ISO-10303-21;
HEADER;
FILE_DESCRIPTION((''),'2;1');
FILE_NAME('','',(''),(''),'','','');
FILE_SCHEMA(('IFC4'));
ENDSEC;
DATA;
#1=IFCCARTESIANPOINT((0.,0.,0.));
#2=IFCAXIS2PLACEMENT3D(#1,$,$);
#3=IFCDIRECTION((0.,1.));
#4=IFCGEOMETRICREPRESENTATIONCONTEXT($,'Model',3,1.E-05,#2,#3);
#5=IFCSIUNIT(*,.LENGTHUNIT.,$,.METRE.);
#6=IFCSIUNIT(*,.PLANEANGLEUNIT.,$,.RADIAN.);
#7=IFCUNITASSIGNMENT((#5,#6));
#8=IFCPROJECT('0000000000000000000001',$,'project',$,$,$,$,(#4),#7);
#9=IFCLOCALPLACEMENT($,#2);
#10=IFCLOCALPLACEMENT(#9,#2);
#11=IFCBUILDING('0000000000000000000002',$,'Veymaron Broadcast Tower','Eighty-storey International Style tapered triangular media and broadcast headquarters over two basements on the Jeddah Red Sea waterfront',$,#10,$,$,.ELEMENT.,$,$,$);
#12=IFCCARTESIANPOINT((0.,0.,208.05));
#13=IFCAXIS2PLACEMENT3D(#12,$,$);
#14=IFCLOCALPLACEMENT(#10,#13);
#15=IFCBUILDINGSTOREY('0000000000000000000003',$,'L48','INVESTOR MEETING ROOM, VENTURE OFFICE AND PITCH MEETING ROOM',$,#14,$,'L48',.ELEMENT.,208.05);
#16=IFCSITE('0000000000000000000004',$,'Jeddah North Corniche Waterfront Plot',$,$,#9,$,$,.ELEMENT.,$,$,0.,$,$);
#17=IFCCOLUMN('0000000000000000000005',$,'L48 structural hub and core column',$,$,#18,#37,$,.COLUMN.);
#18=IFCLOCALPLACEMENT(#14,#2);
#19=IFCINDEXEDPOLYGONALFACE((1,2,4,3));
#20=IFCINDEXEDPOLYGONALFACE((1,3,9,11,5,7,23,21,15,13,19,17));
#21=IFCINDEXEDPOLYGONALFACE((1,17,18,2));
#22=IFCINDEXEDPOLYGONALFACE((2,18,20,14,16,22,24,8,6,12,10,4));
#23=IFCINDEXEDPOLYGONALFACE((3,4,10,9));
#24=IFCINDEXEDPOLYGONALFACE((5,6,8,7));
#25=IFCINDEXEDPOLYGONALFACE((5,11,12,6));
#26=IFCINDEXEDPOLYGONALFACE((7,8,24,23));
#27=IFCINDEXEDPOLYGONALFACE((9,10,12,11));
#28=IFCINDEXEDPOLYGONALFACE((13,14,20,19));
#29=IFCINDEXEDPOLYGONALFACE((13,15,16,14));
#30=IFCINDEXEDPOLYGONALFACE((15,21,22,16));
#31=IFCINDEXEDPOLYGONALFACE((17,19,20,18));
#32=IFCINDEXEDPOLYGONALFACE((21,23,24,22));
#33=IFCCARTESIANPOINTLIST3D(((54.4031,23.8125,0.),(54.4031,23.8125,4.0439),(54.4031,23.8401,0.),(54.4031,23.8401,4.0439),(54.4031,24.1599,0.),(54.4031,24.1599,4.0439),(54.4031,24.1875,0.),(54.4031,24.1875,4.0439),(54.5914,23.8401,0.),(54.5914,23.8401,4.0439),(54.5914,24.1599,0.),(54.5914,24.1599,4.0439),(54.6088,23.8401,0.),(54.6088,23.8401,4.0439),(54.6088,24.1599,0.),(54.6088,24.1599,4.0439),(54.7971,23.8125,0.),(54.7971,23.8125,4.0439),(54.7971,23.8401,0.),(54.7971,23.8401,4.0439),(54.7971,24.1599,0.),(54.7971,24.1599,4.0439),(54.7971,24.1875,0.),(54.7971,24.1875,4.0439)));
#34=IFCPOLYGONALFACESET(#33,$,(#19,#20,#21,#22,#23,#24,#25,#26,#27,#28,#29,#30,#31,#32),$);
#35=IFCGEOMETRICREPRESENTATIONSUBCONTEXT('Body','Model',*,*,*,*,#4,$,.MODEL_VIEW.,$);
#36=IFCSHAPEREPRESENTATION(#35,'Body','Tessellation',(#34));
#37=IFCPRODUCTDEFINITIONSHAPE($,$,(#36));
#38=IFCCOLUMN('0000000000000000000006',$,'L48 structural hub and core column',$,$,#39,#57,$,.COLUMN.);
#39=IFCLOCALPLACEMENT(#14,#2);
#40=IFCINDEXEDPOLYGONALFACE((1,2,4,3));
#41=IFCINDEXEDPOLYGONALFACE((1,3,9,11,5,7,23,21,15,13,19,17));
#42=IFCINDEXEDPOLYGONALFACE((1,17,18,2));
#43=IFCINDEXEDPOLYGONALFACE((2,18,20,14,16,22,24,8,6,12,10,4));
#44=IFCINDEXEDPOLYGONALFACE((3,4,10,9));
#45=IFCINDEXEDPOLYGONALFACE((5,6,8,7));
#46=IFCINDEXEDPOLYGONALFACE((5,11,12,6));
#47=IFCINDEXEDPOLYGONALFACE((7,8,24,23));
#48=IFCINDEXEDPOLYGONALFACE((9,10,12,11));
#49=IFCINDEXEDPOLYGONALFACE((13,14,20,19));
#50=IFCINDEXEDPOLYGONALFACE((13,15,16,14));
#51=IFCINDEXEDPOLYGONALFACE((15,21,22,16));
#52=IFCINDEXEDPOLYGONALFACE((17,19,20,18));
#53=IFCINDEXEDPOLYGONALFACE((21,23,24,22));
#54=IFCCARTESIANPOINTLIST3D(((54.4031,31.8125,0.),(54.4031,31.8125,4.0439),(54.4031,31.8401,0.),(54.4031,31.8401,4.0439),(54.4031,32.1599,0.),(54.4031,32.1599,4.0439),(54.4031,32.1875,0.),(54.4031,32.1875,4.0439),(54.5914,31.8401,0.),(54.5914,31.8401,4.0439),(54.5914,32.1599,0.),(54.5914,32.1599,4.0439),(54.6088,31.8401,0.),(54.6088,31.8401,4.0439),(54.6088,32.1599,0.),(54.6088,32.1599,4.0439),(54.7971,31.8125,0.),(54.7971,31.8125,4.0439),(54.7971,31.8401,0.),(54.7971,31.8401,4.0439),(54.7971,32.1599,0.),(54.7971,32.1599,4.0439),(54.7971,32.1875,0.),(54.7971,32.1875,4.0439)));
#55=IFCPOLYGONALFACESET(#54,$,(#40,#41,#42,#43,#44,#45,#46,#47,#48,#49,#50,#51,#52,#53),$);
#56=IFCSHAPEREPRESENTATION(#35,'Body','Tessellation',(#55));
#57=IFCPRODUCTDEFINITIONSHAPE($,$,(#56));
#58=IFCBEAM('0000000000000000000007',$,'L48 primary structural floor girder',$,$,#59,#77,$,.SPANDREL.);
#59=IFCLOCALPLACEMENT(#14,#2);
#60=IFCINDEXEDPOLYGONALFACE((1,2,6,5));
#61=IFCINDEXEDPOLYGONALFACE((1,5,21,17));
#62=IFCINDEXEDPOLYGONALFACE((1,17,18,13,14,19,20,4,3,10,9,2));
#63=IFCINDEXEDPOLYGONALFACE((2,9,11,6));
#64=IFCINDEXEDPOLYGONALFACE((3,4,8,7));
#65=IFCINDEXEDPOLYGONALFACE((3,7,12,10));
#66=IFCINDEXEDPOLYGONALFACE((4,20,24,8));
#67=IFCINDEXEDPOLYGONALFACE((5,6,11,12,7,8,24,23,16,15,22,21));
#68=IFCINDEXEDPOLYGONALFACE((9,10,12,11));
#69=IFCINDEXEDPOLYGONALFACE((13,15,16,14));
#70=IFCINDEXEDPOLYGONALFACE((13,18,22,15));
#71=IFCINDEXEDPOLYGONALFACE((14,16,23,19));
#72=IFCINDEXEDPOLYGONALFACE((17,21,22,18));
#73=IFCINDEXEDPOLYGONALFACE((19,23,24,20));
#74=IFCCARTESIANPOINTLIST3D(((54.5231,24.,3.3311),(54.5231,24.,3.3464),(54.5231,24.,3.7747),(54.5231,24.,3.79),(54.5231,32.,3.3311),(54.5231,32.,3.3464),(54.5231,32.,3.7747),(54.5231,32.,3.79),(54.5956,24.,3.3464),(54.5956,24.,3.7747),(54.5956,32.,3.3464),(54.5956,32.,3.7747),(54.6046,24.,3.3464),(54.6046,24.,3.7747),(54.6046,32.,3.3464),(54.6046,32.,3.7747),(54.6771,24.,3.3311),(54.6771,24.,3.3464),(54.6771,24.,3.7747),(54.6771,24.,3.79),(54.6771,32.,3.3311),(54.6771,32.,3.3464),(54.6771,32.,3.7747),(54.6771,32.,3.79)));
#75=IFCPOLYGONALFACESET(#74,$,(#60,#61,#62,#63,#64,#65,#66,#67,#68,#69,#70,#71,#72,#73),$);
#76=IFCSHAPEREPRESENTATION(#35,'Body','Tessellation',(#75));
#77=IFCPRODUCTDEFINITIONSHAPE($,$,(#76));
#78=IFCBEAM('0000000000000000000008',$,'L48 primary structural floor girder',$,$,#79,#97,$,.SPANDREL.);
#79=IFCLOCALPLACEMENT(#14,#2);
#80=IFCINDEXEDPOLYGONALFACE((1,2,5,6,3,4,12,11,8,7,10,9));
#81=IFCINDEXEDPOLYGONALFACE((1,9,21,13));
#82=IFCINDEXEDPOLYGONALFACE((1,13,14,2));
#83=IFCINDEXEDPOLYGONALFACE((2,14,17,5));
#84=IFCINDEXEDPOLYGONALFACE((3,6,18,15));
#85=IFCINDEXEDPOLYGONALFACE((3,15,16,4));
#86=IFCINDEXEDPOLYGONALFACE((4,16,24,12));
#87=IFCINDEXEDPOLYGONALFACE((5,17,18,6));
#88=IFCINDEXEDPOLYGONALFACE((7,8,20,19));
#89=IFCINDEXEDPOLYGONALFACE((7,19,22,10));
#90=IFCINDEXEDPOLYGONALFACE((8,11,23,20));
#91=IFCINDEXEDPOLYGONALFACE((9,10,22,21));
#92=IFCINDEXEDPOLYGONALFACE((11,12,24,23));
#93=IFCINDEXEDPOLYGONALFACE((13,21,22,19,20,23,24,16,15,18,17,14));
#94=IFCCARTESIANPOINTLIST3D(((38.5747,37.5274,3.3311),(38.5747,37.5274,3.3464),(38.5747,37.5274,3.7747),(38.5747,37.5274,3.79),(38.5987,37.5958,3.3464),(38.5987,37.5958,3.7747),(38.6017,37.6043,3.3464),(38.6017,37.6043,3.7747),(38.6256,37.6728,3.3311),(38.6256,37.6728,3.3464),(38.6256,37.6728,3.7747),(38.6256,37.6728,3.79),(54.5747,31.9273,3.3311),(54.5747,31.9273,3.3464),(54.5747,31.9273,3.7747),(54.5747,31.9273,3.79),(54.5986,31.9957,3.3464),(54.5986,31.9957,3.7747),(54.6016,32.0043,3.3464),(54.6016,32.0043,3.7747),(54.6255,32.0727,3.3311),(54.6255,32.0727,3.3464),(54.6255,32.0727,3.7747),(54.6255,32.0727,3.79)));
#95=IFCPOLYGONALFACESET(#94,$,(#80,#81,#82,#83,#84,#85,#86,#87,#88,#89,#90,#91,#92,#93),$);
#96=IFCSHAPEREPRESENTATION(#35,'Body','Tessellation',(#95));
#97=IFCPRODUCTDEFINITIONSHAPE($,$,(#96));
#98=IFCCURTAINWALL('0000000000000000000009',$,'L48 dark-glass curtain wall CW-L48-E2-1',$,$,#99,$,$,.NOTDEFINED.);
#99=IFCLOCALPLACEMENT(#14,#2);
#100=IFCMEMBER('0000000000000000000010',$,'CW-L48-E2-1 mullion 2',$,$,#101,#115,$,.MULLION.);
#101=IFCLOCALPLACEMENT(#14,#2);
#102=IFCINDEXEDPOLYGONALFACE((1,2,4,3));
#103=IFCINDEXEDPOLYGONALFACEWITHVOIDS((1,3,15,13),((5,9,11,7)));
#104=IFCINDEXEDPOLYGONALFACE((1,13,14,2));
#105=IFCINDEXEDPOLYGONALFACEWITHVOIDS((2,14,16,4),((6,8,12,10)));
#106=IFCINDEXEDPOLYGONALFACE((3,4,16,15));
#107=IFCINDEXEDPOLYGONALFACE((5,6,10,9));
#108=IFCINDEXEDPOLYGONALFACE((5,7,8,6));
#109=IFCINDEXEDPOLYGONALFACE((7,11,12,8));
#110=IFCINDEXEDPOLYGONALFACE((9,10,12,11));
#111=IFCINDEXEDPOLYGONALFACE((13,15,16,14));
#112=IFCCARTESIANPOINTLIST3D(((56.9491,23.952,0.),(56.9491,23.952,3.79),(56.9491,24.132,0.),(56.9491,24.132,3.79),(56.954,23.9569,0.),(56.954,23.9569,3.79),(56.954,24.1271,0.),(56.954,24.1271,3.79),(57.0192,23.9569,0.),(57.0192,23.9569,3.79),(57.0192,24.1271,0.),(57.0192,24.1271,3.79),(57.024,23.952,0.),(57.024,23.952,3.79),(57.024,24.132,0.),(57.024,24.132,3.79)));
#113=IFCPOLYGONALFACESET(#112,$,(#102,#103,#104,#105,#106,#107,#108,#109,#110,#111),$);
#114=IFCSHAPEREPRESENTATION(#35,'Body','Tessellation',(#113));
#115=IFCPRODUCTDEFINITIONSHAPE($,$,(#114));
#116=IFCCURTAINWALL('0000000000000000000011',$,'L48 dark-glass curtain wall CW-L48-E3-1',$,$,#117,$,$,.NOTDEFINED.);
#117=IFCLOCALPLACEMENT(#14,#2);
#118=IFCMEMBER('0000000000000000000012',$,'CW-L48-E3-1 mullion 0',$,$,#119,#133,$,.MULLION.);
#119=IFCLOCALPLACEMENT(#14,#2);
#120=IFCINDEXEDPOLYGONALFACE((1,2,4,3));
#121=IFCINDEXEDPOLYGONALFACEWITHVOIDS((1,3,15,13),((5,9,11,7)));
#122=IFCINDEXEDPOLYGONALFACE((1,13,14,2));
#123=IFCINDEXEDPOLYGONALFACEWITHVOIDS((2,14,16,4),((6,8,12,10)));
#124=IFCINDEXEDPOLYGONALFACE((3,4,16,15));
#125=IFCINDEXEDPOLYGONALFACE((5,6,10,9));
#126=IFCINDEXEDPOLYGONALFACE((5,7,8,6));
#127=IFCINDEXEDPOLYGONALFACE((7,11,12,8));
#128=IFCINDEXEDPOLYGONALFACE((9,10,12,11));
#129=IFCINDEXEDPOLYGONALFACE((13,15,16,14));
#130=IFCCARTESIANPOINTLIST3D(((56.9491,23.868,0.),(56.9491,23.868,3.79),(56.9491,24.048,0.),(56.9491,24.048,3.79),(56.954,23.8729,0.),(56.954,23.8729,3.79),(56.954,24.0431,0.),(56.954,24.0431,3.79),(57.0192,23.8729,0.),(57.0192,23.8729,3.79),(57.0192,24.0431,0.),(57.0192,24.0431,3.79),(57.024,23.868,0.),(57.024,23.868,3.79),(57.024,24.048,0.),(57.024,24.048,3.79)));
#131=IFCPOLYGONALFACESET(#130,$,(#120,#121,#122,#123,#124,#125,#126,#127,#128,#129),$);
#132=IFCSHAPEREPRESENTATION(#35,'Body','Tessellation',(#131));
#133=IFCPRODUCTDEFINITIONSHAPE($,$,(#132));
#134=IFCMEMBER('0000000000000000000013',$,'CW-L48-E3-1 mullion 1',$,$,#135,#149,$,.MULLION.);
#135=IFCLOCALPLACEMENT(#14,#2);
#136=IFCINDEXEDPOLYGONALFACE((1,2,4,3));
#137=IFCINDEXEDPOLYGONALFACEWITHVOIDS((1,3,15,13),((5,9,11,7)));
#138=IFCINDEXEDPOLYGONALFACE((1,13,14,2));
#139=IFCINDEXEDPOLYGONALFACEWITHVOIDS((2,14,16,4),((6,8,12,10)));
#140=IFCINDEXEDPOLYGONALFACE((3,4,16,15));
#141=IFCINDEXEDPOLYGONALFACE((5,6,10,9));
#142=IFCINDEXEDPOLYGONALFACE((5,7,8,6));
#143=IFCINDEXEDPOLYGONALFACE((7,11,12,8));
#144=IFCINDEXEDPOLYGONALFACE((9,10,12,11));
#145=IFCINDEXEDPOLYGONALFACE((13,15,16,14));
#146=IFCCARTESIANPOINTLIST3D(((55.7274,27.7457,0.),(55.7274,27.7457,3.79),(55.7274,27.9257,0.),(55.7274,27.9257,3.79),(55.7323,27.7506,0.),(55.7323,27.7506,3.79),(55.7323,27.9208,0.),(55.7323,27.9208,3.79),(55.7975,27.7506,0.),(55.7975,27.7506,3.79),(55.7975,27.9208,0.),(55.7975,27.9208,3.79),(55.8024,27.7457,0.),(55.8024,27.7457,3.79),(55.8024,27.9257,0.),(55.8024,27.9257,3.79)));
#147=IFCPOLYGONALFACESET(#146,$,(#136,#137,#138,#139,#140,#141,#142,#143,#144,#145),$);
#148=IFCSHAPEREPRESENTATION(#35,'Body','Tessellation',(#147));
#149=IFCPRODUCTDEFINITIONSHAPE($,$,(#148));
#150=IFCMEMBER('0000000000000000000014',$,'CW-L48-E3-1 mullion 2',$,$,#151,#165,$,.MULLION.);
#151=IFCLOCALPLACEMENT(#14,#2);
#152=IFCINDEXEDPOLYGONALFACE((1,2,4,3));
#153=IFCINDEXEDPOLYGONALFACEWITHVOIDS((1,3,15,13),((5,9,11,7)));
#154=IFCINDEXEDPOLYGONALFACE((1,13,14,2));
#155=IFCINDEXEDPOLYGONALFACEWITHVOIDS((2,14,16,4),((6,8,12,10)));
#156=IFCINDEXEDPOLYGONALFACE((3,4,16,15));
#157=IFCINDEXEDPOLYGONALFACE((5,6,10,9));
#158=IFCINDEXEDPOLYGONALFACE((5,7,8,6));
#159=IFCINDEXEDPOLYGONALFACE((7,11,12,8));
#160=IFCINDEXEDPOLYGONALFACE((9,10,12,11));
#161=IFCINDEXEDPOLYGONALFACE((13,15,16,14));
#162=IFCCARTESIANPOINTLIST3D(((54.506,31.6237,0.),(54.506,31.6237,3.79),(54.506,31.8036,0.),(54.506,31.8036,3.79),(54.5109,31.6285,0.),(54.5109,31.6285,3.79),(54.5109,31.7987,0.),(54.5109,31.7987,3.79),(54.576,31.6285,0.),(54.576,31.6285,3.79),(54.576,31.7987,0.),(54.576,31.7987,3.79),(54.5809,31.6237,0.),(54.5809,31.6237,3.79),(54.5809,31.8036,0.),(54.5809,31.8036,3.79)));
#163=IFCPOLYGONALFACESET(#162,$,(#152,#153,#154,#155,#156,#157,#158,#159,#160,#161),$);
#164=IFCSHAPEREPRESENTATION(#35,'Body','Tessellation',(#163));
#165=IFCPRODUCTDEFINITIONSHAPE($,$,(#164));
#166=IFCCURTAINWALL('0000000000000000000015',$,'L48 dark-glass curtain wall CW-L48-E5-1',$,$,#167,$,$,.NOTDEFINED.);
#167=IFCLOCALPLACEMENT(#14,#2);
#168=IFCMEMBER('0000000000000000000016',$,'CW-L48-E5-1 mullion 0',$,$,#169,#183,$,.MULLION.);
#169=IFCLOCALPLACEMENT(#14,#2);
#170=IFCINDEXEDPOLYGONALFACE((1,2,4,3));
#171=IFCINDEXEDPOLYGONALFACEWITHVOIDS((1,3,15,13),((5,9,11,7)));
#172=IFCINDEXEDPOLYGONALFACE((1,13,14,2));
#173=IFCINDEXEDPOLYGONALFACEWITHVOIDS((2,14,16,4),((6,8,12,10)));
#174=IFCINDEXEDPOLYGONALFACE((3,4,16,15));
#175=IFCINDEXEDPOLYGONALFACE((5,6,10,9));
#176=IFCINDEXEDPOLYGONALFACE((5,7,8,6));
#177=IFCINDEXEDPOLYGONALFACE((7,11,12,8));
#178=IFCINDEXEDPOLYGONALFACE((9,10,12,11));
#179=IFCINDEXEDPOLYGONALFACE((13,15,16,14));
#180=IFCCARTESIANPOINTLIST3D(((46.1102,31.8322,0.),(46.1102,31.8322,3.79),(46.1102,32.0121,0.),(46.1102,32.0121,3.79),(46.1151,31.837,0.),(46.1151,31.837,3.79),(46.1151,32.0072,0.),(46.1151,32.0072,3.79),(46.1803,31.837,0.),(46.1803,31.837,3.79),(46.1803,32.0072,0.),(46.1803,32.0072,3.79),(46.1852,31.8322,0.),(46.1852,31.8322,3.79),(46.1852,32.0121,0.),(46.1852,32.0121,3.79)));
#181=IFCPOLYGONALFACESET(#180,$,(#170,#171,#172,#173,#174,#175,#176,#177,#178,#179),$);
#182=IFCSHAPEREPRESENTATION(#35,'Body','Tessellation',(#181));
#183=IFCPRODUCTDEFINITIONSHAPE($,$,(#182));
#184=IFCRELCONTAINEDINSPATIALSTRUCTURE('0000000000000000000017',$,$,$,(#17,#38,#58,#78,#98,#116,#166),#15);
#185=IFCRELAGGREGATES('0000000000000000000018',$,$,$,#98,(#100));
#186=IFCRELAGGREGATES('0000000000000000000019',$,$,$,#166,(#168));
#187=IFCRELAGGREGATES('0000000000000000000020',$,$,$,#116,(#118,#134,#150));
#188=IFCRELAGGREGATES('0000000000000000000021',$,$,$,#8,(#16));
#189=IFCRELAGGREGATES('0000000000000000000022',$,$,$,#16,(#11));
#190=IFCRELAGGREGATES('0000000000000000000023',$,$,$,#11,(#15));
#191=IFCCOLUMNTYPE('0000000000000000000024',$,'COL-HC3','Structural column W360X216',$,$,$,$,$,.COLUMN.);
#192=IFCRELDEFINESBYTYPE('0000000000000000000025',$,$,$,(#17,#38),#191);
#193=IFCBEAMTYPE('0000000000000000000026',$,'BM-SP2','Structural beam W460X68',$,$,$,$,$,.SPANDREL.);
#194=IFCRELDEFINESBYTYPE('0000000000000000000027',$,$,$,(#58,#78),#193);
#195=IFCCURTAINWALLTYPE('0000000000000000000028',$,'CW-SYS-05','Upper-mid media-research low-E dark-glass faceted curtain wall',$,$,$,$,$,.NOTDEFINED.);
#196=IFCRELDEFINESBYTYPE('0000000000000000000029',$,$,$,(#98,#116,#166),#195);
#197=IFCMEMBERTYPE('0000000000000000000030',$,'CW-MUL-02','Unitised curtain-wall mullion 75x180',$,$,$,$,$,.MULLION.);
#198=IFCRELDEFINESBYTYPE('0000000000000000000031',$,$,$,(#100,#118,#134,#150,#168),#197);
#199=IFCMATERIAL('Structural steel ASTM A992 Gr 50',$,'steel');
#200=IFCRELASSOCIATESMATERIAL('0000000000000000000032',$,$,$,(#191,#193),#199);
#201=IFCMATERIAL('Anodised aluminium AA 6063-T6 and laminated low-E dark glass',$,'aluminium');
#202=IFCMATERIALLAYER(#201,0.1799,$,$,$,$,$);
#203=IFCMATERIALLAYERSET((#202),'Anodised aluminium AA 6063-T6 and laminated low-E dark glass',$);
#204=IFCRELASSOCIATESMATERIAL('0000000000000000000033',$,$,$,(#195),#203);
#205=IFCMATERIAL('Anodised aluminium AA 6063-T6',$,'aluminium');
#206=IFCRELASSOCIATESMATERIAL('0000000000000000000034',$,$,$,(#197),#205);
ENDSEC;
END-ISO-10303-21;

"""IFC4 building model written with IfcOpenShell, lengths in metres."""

from ifc_helpers import new_model, si_unit, direction, frame, origin, origin_2d, place, context, subcontext, project, spatial, hollow_rectangle, i_section, extrude, material, layer, layer_set, material_profile, profile_set, type_object, element, aggregate, save


model = new_model("IFC4")

# Units and contexts
model_context = context("Model", 3, precision=1e-05, world=origin(), true_north=direction((0.0, 1.0)))
body_context = subcontext(model_context, "Body", "Model", "MODEL_VIEW")
ifc_project = project(units=[si_unit("LENGTHUNIT", "METRE"), si_unit("PLANEANGLEUNIT", "RADIAN")], contexts=[model_context])

# Site, building, storey
site_placement = place(None, origin())
site = spatial("IfcSite", under=ifc_project, at=site_placement, Name="Jeddah North Corniche Waterfront Plot", CompositionType="ELEMENT", RefElevation=0.0)
building_placement = place(site_placement, origin())
building = spatial("IfcBuilding", under=site, at=building_placement, Name="Veymaron Broadcast Tower", Description="Eighty-storey International Style tapered triangular media and broadcast headquarters over two basements on the Jeddah Red Sea waterfront", CompositionType="ELEMENT")
storey_placement = place(building_placement, frame((0.0, 0.0, 208.05)))
storey = spatial("IfcBuildingStorey", under=building, at=storey_placement, Name="L48", Description="INVESTOR MEETING ROOM, VENTURE OFFICE AND PITCH MEETING ROOM", LongName="L48", CompositionType="ELEMENT", Elevation=208.05)

# Columns
ifc_material_1 = material(Name="Structural steel ASTM A992 Gr 50", Category="steel")
ifc_material_profile_1 = material_profile(ifc_material_1, i_section(OverallWidth=0.394, OverallDepth=0.375, WebThickness=0.0173, FlangeThickness=0.0276, at=origin_2d()), Name="W360X216")
ifc_profile_set_1 = profile_set([ifc_material_profile_1], Name="Structural steel ASTM A992 Gr 50")
column_type = type_object("IfcColumnType", Name="COL-HC3", Description="Structural column W360X216", PredefinedType="COLUMN", material=ifc_profile_set_1)
for number, where, z_axis, x_axis, name in (
    (1, (54.6001, 24.0, 0.0), (0.0, 0.0, 1.0), (1.0, 0.0, 0.0), "L48 structural hub and core column"),
    (2, (54.6001, 32.0, 0.0), (0.0, 0.0, 1.0), (1.0, 0.0, 0.0), "L48 structural hub and core column"),
):
    element("IfcColumn", number, at=place(storey_placement, frame(where, z_axis=z_axis, x_axis=x_axis)), inside=storey, type_object=column_type, Name=name, PredefinedType="COLUMN", context=body_context, shape_type="SweptSolid", body=[
        extrude(i_section(OverallWidth=0.394, OverallDepth=0.375, WebThickness=0.0173, FlangeThickness=0.0276, at=origin_2d()), origin(), (0.0, 0.0, 1.0), 4.0439),
    ])

# Beams
ifc_material_profile_2 = material_profile(ifc_material_1, i_section(OverallWidth=0.1541, OverallDepth=0.459, WebThickness=0.009, FlangeThickness=0.0154, at=origin_2d()), Name="W460X68")
ifc_profile_set_2 = profile_set([ifc_material_profile_2], Name="Structural steel ASTM A992 Gr 50")
beam_type = type_object("IfcBeamType", Name="BM-SP2", Description="Structural beam W460X68", PredefinedType="SPANDREL", material=ifc_profile_set_2)
beam_1_placement = place(storey_placement, frame((54.6001, 24.0, 3.5605), z_axis=(0.0, 1.0, 0.0), x_axis=(-1.0, 0.0, 0.0)))
element("IfcBeam", 3, at=beam_1_placement, inside=storey, type_object=beam_type, Name="L48 primary structural floor girder", PredefinedType="SPANDREL", context=body_context, shape_type="SweptSolid", body=[
    extrude(i_section(OverallWidth=0.1541, OverallDepth=0.459, WebThickness=0.009, FlangeThickness=0.0154, at=origin_2d()), origin(), (0.0, 0.0, 1.0), 8.0),
])
beam_2_placement = place(storey_placement, frame((54.6001, 32.0, 3.5605), z_axis=(-0.943857, 0.330356, 0.0), x_axis=(-0.330356, -0.943857, 0.0)))
element("IfcBeam", 4, at=beam_2_placement, inside=storey, type_object=beam_type, Name="L48 primary structural floor girder", PredefinedType="SPANDREL", context=body_context, shape_type="SweptSolid", body=[
    extrude(i_section(OverallWidth=0.1541, OverallDepth=0.459, WebThickness=0.009, FlangeThickness=0.0154, at=origin_2d()), origin(), (0.0, 0.0, 1.0), 16.9517),
])

# Curtain wall, member
ifc_material_2 = material(Name="Anodised aluminium AA 6063-T6 and laminated low-E dark glass", Category="aluminium")
ifc_layer_1 = layer(ifc_material_2, 0.1799)
ifc_layer_set_1 = layer_set([ifc_layer_1], Name="Anodised aluminium AA 6063-T6 and laminated low-E dark glass")
curtain_wall_type = type_object("IfcCurtainWallType", Name="CW-SYS-05", Description="Upper-mid media-research low-E dark-glass faceted curtain wall", PredefinedType="NOTDEFINED", material=ifc_layer_set_1)
curtain_wall_1_placement = place(storey_placement, origin())
curtain_wall_1 = element("IfcCurtainWall", 5, at=curtain_wall_1_placement, inside=storey, type_object=curtain_wall_type, Name="L48 dark-glass curtain wall CW-L48-E2-1", PredefinedType="NOTDEFINED")
ifc_material_3 = material(Name="Anodised aluminium AA 6063-T6", Category="aluminium")
ifc_material_profile_3 = material_profile(ifc_material_3, hollow_rectangle(XDim=0.075, YDim=0.1799, WallThickness=0.0049, at=origin_2d()), Name="AL180X75X5")
ifc_profile_set_3 = profile_set([ifc_material_profile_3], Name="Anodised aluminium AA 6063-T6")
member_type_1 = type_object("IfcMemberType", Name="CW-MUL-02", Description="Unitised curtain-wall mullion 75x180", PredefinedType="MULLION", material=ifc_profile_set_3)
member_1_placement = place(storey_placement, frame((56.9866, 24.042, 0.0), z_axis=(0.0, 0.0, 1.0), x_axis=(1.0, 0.0, 0.0)))
member_1 = element("IfcMember", 6, at=member_1_placement, type_object=member_type_1, Name="CW-L48-E2-1 mullion 2", PredefinedType="MULLION", context=body_context, shape_type="SweptSolid", body=[
    extrude(hollow_rectangle(XDim=0.075, YDim=0.1799, WallThickness=0.0049, at=origin_2d()), origin(), (0.0, 0.0, 1.0), 3.79),
])
aggregate(curtain_wall_1, [member_1])

# Curtain wall, members
curtain_wall_2_placement = place(storey_placement, origin())
curtain_wall_2 = element("IfcCurtainWall", 7, at=curtain_wall_2_placement, inside=storey, type_object=curtain_wall_type, Name="L48 dark-glass curtain wall CW-L48-E3-1", PredefinedType="NOTDEFINED")
member_2_placement = place(storey_placement, frame((56.9866, 23.958, 0.0), z_axis=(0.0, 0.0, 1.0), x_axis=(1.0, 0.0, 0.0)))
member_2 = element("IfcMember", 8, at=member_2_placement, type_object=member_type_1, Name="CW-L48-E3-1 mullion 0", PredefinedType="MULLION", context=body_context, shape_type="SweptSolid", body=[
    extrude(hollow_rectangle(XDim=0.075, YDim=0.1799, WallThickness=0.0049, at=origin_2d()), origin(), (0.0, 0.0, 1.0), 3.79),
])
member_3_placement = place(storey_placement, frame((55.7649, 27.8357, 0.0), z_axis=(0.0, 0.0, 1.0), x_axis=(1.0, 0.0, 0.0)))
member_3 = element("IfcMember", 9, at=member_3_placement, type_object=member_type_1, Name="CW-L48-E3-1 mullion 1", PredefinedType="MULLION", context=body_context, shape_type="SweptSolid", body=[
    extrude(hollow_rectangle(XDim=0.075, YDim=0.1799, WallThickness=0.0049, at=origin_2d()), origin(), (0.0, 0.0, 1.0), 3.79),
])
member_4_placement = place(storey_placement, frame((54.5435, 31.7136, 0.0), z_axis=(0.0, 0.0, 1.0), x_axis=(1.0, 0.0, 0.0)))
member_4 = element("IfcMember", 10, at=member_4_placement, type_object=member_type_1, Name="CW-L48-E3-1 mullion 2", PredefinedType="MULLION", context=body_context, shape_type="SweptSolid", body=[
    extrude(hollow_rectangle(XDim=0.075, YDim=0.1799, WallThickness=0.0049, at=origin_2d()), origin(), (0.0, 0.0, 1.0), 3.79),
])

# Curtain wall, member
curtain_wall_3_placement = place(storey_placement, origin())
curtain_wall_3 = element("IfcCurtainWall", 11, at=curtain_wall_3_placement, inside=storey, type_object=curtain_wall_type, Name="L48 dark-glass curtain wall CW-L48-E5-1", PredefinedType="NOTDEFINED")
member_5_placement = place(storey_placement, frame((46.1477, 31.9221, 0.0), z_axis=(0.0, 0.0, 1.0), x_axis=(1.0, 0.0, 0.0)))
member_5 = element("IfcMember", 12, at=member_5_placement, type_object=member_type_1, Name="CW-L48-E5-1 mullion 0", PredefinedType="MULLION", context=body_context, shape_type="SweptSolid", body=[
    extrude(hollow_rectangle(XDim=0.075, YDim=0.1799, WallThickness=0.0049, at=origin_2d()), origin(), (0.0, 0.0, 1.0), 3.79),
])

aggregate(curtain_wall_3, [member_5])

aggregate(curtain_wall_2, [member_2, member_3, member_4])

save(model, "model.ifc")
